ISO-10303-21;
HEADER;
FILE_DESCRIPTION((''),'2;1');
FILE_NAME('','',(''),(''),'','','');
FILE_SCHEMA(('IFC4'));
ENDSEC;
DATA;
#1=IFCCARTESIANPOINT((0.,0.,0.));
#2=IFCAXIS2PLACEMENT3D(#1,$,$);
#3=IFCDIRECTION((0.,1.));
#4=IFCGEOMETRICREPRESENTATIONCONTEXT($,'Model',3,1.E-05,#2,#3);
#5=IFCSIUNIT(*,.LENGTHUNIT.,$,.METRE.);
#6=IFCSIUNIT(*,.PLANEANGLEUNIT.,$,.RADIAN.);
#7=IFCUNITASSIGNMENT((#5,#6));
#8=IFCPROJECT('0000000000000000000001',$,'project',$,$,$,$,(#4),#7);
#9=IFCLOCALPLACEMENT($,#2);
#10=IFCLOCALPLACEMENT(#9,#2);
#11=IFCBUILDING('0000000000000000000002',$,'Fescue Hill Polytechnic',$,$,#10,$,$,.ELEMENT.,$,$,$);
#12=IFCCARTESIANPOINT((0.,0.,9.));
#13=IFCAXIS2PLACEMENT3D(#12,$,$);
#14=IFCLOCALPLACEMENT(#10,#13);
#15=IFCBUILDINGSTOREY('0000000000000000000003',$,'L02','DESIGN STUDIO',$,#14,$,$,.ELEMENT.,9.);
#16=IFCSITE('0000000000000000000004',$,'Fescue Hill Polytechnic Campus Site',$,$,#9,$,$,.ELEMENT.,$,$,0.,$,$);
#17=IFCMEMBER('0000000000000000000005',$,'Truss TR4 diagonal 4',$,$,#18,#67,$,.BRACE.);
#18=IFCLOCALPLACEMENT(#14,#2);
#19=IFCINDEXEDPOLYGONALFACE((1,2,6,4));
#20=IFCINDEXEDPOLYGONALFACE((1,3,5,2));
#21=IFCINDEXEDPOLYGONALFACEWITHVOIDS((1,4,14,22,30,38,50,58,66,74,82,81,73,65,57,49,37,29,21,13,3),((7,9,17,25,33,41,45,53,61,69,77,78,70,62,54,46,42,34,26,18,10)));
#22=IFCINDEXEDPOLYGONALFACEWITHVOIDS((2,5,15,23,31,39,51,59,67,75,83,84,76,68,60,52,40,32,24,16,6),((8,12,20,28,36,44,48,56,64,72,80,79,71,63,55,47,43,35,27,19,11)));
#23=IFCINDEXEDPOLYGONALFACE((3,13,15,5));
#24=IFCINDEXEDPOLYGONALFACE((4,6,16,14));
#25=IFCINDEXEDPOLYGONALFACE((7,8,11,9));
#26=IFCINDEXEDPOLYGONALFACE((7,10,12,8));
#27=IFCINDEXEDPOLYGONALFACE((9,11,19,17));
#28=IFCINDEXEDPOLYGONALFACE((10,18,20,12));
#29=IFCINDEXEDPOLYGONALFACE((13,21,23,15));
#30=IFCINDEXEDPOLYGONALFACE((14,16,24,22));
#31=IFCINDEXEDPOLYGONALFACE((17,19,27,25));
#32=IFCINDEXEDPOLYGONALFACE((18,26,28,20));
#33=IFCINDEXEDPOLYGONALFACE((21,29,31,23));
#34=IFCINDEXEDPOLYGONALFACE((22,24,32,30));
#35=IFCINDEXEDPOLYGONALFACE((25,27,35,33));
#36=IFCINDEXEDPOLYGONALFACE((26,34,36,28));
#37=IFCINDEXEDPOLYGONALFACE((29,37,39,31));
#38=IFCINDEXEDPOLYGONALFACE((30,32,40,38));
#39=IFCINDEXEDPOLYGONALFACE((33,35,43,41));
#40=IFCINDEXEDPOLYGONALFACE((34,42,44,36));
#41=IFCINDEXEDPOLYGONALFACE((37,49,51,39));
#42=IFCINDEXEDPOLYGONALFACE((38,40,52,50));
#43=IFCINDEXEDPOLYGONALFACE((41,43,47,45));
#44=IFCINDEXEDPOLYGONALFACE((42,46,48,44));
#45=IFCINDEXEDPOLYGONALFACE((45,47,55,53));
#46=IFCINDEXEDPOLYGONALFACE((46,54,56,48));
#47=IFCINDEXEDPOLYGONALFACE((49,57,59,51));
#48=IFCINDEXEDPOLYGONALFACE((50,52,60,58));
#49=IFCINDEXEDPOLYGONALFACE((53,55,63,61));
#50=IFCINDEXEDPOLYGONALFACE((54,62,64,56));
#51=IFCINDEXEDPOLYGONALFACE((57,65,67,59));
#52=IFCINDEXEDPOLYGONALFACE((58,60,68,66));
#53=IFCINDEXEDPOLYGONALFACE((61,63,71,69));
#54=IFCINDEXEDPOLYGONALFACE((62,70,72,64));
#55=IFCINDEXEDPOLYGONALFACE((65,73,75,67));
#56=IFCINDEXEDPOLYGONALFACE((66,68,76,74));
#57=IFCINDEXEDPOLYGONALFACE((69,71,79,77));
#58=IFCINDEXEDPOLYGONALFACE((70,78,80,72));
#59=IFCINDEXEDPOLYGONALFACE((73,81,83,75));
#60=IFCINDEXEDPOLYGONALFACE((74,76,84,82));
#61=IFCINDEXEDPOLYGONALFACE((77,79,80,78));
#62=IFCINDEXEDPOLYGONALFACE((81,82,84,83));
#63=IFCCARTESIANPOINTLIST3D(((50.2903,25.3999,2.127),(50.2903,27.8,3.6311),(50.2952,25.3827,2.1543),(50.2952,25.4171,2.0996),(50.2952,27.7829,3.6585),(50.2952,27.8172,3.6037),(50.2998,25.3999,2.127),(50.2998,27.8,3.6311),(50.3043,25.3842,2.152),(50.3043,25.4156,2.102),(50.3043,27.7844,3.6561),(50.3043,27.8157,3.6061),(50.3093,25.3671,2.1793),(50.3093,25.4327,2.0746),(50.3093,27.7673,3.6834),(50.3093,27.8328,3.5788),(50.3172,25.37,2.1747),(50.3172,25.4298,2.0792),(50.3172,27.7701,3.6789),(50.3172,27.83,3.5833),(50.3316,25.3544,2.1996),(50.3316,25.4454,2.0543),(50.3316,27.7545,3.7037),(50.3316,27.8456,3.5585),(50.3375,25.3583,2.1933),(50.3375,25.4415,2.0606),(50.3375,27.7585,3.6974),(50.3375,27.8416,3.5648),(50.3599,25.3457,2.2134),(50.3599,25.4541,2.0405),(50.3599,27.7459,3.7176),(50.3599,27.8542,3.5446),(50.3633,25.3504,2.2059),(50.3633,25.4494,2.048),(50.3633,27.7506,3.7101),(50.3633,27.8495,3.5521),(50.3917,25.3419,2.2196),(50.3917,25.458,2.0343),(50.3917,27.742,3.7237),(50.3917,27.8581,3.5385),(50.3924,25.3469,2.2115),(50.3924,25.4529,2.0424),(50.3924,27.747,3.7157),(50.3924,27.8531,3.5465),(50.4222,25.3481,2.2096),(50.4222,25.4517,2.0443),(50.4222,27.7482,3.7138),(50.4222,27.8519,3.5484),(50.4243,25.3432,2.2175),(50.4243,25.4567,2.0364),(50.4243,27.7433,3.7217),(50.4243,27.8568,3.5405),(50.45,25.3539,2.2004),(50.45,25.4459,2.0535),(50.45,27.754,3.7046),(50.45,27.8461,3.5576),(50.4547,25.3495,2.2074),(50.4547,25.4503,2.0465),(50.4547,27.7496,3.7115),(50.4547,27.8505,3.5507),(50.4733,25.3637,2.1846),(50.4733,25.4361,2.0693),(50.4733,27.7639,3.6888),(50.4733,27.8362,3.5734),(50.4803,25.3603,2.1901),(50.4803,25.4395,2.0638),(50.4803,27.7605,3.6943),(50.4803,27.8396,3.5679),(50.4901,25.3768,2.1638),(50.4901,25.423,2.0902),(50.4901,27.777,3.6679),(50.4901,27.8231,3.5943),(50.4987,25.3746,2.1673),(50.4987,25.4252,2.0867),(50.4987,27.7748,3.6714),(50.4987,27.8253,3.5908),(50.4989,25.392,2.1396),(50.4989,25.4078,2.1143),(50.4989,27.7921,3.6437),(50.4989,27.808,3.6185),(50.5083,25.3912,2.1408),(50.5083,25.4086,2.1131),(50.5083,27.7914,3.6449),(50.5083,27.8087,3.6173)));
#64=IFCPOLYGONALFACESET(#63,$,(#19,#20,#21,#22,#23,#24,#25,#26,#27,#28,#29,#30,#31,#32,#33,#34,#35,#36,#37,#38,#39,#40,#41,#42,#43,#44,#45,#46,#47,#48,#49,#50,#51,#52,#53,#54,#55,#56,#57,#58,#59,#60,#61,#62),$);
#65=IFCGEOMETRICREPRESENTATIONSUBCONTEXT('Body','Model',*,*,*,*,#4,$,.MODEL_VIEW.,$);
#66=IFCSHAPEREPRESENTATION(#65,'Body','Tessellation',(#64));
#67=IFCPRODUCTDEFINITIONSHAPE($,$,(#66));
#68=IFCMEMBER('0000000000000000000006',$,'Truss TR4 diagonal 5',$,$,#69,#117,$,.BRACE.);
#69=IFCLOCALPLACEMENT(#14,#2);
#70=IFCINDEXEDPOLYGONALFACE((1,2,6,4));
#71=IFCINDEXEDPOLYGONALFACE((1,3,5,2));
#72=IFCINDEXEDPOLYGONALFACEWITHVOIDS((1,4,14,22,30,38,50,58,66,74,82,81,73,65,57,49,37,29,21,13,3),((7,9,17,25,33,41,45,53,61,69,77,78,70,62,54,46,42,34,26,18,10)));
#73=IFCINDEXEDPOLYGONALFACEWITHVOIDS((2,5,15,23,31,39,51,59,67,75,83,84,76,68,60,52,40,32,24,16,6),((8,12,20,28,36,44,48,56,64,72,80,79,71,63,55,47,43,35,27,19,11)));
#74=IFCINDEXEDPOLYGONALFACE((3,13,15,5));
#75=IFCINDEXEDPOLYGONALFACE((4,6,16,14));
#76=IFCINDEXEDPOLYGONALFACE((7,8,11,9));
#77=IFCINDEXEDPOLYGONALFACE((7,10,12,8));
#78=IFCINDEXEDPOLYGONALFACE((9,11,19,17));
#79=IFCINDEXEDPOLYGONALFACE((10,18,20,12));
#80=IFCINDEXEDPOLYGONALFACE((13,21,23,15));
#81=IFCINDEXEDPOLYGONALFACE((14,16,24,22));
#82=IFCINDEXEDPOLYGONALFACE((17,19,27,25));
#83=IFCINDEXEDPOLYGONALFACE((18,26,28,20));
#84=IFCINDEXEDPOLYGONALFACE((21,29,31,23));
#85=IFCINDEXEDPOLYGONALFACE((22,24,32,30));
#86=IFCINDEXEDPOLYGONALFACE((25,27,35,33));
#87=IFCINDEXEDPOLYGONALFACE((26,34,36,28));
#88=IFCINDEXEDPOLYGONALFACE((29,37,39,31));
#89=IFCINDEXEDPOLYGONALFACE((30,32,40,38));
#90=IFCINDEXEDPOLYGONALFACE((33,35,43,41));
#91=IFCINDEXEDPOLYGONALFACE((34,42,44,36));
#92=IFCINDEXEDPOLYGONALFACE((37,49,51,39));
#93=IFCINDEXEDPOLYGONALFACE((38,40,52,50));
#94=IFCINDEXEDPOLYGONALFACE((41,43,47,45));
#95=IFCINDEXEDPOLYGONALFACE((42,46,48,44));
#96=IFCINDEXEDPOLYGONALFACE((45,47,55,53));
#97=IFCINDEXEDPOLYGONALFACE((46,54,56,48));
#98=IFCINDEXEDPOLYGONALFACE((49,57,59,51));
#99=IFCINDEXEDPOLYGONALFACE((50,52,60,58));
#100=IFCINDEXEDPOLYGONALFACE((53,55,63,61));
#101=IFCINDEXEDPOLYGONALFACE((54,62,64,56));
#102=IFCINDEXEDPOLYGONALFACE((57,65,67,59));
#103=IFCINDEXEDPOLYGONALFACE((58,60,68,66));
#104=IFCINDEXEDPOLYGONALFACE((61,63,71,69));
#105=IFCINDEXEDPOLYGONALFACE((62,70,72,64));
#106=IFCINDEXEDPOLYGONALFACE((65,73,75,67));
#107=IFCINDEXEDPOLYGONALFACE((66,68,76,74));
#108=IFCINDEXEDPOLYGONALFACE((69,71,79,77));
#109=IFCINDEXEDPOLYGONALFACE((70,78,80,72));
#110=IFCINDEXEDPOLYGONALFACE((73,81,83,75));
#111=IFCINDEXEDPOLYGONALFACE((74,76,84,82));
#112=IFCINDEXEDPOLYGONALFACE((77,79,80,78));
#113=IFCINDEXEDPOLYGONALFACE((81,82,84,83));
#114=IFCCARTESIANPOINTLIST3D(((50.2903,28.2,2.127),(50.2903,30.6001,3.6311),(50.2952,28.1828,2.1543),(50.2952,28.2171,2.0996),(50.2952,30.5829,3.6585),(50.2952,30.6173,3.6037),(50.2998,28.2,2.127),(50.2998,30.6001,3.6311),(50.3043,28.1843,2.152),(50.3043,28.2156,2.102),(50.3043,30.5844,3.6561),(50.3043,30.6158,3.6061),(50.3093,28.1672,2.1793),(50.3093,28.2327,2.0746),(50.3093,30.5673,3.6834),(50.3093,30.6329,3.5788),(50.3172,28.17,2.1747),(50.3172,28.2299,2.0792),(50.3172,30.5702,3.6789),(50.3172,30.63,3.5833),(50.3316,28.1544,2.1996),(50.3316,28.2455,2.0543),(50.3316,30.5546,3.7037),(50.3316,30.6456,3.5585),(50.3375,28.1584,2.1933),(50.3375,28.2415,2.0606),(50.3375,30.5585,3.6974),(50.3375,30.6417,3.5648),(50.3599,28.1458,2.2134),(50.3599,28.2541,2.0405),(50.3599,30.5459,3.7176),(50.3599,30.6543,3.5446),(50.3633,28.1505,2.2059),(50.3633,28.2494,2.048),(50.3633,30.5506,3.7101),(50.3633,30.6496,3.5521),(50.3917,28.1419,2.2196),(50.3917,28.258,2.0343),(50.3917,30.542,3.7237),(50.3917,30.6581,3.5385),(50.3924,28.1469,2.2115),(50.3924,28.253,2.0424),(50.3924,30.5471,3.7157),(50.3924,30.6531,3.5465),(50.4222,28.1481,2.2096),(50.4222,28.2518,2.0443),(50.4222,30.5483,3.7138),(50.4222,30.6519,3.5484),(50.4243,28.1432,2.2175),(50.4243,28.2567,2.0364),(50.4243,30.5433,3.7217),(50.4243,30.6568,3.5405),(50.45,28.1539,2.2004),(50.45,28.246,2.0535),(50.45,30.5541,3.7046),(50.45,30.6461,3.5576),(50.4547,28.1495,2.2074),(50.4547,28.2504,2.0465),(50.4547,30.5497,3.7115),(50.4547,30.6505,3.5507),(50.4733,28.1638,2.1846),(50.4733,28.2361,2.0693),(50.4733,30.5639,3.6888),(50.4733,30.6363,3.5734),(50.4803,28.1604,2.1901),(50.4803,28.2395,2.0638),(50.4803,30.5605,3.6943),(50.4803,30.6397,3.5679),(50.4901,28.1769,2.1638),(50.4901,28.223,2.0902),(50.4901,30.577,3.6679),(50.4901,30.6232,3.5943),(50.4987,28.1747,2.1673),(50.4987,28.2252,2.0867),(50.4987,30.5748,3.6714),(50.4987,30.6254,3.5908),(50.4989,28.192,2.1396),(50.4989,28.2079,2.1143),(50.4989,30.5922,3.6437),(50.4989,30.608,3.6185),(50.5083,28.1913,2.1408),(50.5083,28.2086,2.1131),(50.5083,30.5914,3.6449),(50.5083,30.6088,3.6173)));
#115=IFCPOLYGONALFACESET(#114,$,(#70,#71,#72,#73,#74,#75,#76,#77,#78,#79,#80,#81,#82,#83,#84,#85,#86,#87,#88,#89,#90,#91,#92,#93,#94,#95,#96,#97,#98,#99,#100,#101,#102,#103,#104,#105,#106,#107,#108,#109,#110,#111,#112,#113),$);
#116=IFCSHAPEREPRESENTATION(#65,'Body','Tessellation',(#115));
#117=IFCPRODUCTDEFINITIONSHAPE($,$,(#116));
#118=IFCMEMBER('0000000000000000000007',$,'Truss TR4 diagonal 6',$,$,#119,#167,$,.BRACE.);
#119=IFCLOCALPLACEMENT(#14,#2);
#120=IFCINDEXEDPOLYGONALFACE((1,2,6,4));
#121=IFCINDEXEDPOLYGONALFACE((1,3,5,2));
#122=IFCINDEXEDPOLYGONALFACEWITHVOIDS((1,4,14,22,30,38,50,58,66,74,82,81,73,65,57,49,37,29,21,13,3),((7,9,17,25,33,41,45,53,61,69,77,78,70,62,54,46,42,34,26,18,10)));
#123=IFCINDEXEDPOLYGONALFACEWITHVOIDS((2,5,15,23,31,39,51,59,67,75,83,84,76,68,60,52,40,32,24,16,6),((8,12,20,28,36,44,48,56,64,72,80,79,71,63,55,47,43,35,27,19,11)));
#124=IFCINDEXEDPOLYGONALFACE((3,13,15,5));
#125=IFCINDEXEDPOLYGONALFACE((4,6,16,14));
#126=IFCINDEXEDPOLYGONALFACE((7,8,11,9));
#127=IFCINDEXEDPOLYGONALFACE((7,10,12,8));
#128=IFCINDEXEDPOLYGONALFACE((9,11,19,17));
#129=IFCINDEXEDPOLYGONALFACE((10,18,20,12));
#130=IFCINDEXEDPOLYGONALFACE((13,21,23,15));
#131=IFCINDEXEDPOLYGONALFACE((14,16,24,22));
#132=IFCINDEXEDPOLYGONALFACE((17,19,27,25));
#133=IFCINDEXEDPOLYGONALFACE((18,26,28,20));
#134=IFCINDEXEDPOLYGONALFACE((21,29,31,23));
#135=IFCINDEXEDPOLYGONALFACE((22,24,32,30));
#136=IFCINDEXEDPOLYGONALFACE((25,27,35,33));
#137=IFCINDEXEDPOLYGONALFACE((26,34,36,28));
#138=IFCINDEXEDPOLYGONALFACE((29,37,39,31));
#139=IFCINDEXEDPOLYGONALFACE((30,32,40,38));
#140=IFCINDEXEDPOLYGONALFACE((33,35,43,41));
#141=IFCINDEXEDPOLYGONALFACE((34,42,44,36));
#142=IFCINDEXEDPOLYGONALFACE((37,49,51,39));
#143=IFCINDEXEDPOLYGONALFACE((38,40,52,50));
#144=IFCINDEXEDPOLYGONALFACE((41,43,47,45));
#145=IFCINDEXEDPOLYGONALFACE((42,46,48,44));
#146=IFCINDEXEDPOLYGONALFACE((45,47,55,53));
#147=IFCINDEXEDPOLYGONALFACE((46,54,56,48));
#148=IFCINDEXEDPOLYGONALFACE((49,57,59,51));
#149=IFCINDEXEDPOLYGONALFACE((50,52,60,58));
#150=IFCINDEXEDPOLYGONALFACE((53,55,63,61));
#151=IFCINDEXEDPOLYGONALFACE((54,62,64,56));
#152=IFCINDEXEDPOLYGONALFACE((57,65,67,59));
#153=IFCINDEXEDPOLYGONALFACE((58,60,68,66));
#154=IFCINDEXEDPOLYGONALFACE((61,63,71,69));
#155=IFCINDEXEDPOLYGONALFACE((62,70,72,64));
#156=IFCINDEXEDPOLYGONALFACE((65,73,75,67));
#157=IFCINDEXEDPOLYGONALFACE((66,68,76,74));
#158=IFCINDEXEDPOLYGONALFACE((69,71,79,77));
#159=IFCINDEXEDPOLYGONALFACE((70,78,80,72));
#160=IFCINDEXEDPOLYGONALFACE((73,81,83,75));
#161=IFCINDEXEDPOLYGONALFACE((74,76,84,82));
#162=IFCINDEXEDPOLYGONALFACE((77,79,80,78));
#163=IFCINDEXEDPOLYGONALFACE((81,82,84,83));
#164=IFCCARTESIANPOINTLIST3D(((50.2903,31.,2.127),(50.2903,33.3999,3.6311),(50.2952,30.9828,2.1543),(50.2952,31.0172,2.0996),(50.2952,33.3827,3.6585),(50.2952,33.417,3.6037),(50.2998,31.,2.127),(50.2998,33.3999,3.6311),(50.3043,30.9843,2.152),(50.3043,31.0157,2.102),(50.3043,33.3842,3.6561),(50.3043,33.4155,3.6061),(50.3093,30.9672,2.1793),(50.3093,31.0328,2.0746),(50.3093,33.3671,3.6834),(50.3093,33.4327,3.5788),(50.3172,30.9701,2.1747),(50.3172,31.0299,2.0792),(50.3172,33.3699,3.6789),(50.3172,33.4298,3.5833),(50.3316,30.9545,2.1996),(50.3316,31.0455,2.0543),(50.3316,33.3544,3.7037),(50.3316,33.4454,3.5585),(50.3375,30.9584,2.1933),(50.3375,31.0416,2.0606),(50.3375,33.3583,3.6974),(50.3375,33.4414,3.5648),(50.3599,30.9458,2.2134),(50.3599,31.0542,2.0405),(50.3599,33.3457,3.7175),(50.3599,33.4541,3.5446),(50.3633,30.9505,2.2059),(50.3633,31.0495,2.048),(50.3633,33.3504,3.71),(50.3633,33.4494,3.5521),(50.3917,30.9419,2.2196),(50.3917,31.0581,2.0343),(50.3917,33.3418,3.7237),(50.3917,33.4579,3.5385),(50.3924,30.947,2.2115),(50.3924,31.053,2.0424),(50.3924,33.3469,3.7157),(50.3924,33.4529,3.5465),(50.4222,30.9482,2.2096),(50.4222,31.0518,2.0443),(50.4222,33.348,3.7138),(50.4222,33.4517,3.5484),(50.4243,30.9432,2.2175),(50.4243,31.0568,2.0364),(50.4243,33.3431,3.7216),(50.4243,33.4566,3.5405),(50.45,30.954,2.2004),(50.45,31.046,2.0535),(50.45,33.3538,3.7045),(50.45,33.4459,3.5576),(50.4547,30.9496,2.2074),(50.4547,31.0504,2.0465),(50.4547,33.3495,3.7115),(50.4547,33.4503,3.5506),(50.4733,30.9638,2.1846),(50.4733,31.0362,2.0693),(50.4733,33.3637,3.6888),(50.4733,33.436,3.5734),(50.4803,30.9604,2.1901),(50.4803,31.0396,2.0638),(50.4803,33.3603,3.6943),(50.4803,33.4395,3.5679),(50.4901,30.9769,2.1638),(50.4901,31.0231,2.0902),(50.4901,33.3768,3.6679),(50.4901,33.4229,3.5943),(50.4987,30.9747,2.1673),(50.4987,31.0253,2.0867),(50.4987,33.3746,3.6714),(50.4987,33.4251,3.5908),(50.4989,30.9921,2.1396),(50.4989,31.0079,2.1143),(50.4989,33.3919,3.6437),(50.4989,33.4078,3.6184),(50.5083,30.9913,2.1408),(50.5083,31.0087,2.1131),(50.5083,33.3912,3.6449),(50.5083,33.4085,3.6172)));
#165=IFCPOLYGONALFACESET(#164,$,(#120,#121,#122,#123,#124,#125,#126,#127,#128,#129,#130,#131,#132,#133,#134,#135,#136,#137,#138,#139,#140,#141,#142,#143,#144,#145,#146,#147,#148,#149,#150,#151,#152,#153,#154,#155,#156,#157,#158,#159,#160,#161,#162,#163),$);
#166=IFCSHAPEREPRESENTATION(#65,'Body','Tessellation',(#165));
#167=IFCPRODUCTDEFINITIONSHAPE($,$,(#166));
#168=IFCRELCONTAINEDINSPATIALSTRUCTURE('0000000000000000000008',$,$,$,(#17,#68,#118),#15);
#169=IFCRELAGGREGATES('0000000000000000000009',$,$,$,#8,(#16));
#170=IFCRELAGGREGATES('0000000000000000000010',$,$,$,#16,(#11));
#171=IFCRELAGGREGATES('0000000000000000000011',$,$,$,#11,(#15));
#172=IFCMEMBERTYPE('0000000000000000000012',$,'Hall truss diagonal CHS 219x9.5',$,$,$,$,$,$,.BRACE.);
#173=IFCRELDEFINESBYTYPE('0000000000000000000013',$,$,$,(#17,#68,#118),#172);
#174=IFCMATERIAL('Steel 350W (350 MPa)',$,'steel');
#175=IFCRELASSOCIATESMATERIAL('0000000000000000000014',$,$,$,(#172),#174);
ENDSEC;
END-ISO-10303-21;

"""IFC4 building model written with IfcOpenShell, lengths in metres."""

from ifc_helpers import new_model, si_unit, direction, frame, origin, origin_2d, place, context, subcontext, project, spatial, hollow_circle, extrude, material, material_profile, profile_set, type_object, element, save


model = new_model("IFC4")

# Units and contexts
model_context = context("Model", 3, precision=1e-05, world=origin(), true_north=direction((0.0, 1.0)))
body_context = subcontext(model_context, "Body", "Model", "MODEL_VIEW")
ifc_project = project(units=[si_unit("LENGTHUNIT", "METRE"), si_unit("PLANEANGLEUNIT", "RADIAN")], contexts=[model_context])

# Site, building, storey
site_placement = place(None, origin())
site = spatial("IfcSite", under=ifc_project, at=site_placement, Name="Fescue Hill Polytechnic Campus Site", CompositionType="ELEMENT", RefElevation=0.0)
building_placement = place(site_placement, origin())
building = spatial("IfcBuilding", under=site, at=building_placement, Name="Fescue Hill Polytechnic", CompositionType="ELEMENT")
storey_placement = place(building_placement, frame((0.0, 0.0, 9.0)))
storey = spatial("IfcBuildingStorey", under=building, at=storey_placement, Name="L02", Description="DESIGN STUDIO", CompositionType="ELEMENT", Elevation=9.0)

# Members
ifc_material = material(Name="Steel 350W (350 MPa)", Category="steel")
ifc_material_profile_1 = material_profile(ifc_material, hollow_circle(Radius=0.1096, WallThickness=0.0095, at=origin_2d()), Name="Hall truss diagonal CHS 219x9.5")
ifc_profile_set_1 = profile_set([ifc_material_profile_1], Name="Steel 350W (350 MPa)")
member_type_1 = type_object("IfcMemberType", Name="Hall truss diagonal CHS 219x9.5", PredefinedType="BRACE", material=ifc_profile_set_1)
for number, where, z_axis, x_axis, name in (
    (1, (50.3999, 25.3999, 2.127), (0.0, 0.847354, 0.531029), (-1.0, 0.0, 0.0), "Truss TR4 diagonal 4"),
    (2, (50.3999, 28.2, 2.127), (0.0, 0.847354, 0.531029), (-1.0, 0.0, 0.0), "Truss TR4 diagonal 5"),
):
    element("IfcMember", number, at=place(storey_placement, frame(where, z_axis=z_axis, x_axis=x_axis)), inside=storey, type_object=member_type_1, Name=name, PredefinedType="BRACE", context=body_context, shape_type="SweptSolid", body=[
        extrude(hollow_circle(Radius=0.1096, WallThickness=0.0095, at=origin_2d()), origin(), (0.0, 0.0, 1.0), 2.8325),
    ])
member_1_placement = place(storey_placement, frame((50.3999, 31.0, 2.127), z_axis=(0.0, 0.847329, 0.531068), x_axis=(-1.0, 0.0, 0.0)))
element("IfcMember", 3, at=member_1_placement, inside=storey, type_object=member_type_1, Name="Truss TR4 diagonal 6", PredefinedType="BRACE", context=body_context, shape_type="SweptSolid", body=[
    extrude(hollow_circle(Radius=0.1096, WallThickness=0.0095, at=origin_2d()), origin(), (0.0, 0.0, 1.0), 2.8323),
])

save(model, "model.ifc")
